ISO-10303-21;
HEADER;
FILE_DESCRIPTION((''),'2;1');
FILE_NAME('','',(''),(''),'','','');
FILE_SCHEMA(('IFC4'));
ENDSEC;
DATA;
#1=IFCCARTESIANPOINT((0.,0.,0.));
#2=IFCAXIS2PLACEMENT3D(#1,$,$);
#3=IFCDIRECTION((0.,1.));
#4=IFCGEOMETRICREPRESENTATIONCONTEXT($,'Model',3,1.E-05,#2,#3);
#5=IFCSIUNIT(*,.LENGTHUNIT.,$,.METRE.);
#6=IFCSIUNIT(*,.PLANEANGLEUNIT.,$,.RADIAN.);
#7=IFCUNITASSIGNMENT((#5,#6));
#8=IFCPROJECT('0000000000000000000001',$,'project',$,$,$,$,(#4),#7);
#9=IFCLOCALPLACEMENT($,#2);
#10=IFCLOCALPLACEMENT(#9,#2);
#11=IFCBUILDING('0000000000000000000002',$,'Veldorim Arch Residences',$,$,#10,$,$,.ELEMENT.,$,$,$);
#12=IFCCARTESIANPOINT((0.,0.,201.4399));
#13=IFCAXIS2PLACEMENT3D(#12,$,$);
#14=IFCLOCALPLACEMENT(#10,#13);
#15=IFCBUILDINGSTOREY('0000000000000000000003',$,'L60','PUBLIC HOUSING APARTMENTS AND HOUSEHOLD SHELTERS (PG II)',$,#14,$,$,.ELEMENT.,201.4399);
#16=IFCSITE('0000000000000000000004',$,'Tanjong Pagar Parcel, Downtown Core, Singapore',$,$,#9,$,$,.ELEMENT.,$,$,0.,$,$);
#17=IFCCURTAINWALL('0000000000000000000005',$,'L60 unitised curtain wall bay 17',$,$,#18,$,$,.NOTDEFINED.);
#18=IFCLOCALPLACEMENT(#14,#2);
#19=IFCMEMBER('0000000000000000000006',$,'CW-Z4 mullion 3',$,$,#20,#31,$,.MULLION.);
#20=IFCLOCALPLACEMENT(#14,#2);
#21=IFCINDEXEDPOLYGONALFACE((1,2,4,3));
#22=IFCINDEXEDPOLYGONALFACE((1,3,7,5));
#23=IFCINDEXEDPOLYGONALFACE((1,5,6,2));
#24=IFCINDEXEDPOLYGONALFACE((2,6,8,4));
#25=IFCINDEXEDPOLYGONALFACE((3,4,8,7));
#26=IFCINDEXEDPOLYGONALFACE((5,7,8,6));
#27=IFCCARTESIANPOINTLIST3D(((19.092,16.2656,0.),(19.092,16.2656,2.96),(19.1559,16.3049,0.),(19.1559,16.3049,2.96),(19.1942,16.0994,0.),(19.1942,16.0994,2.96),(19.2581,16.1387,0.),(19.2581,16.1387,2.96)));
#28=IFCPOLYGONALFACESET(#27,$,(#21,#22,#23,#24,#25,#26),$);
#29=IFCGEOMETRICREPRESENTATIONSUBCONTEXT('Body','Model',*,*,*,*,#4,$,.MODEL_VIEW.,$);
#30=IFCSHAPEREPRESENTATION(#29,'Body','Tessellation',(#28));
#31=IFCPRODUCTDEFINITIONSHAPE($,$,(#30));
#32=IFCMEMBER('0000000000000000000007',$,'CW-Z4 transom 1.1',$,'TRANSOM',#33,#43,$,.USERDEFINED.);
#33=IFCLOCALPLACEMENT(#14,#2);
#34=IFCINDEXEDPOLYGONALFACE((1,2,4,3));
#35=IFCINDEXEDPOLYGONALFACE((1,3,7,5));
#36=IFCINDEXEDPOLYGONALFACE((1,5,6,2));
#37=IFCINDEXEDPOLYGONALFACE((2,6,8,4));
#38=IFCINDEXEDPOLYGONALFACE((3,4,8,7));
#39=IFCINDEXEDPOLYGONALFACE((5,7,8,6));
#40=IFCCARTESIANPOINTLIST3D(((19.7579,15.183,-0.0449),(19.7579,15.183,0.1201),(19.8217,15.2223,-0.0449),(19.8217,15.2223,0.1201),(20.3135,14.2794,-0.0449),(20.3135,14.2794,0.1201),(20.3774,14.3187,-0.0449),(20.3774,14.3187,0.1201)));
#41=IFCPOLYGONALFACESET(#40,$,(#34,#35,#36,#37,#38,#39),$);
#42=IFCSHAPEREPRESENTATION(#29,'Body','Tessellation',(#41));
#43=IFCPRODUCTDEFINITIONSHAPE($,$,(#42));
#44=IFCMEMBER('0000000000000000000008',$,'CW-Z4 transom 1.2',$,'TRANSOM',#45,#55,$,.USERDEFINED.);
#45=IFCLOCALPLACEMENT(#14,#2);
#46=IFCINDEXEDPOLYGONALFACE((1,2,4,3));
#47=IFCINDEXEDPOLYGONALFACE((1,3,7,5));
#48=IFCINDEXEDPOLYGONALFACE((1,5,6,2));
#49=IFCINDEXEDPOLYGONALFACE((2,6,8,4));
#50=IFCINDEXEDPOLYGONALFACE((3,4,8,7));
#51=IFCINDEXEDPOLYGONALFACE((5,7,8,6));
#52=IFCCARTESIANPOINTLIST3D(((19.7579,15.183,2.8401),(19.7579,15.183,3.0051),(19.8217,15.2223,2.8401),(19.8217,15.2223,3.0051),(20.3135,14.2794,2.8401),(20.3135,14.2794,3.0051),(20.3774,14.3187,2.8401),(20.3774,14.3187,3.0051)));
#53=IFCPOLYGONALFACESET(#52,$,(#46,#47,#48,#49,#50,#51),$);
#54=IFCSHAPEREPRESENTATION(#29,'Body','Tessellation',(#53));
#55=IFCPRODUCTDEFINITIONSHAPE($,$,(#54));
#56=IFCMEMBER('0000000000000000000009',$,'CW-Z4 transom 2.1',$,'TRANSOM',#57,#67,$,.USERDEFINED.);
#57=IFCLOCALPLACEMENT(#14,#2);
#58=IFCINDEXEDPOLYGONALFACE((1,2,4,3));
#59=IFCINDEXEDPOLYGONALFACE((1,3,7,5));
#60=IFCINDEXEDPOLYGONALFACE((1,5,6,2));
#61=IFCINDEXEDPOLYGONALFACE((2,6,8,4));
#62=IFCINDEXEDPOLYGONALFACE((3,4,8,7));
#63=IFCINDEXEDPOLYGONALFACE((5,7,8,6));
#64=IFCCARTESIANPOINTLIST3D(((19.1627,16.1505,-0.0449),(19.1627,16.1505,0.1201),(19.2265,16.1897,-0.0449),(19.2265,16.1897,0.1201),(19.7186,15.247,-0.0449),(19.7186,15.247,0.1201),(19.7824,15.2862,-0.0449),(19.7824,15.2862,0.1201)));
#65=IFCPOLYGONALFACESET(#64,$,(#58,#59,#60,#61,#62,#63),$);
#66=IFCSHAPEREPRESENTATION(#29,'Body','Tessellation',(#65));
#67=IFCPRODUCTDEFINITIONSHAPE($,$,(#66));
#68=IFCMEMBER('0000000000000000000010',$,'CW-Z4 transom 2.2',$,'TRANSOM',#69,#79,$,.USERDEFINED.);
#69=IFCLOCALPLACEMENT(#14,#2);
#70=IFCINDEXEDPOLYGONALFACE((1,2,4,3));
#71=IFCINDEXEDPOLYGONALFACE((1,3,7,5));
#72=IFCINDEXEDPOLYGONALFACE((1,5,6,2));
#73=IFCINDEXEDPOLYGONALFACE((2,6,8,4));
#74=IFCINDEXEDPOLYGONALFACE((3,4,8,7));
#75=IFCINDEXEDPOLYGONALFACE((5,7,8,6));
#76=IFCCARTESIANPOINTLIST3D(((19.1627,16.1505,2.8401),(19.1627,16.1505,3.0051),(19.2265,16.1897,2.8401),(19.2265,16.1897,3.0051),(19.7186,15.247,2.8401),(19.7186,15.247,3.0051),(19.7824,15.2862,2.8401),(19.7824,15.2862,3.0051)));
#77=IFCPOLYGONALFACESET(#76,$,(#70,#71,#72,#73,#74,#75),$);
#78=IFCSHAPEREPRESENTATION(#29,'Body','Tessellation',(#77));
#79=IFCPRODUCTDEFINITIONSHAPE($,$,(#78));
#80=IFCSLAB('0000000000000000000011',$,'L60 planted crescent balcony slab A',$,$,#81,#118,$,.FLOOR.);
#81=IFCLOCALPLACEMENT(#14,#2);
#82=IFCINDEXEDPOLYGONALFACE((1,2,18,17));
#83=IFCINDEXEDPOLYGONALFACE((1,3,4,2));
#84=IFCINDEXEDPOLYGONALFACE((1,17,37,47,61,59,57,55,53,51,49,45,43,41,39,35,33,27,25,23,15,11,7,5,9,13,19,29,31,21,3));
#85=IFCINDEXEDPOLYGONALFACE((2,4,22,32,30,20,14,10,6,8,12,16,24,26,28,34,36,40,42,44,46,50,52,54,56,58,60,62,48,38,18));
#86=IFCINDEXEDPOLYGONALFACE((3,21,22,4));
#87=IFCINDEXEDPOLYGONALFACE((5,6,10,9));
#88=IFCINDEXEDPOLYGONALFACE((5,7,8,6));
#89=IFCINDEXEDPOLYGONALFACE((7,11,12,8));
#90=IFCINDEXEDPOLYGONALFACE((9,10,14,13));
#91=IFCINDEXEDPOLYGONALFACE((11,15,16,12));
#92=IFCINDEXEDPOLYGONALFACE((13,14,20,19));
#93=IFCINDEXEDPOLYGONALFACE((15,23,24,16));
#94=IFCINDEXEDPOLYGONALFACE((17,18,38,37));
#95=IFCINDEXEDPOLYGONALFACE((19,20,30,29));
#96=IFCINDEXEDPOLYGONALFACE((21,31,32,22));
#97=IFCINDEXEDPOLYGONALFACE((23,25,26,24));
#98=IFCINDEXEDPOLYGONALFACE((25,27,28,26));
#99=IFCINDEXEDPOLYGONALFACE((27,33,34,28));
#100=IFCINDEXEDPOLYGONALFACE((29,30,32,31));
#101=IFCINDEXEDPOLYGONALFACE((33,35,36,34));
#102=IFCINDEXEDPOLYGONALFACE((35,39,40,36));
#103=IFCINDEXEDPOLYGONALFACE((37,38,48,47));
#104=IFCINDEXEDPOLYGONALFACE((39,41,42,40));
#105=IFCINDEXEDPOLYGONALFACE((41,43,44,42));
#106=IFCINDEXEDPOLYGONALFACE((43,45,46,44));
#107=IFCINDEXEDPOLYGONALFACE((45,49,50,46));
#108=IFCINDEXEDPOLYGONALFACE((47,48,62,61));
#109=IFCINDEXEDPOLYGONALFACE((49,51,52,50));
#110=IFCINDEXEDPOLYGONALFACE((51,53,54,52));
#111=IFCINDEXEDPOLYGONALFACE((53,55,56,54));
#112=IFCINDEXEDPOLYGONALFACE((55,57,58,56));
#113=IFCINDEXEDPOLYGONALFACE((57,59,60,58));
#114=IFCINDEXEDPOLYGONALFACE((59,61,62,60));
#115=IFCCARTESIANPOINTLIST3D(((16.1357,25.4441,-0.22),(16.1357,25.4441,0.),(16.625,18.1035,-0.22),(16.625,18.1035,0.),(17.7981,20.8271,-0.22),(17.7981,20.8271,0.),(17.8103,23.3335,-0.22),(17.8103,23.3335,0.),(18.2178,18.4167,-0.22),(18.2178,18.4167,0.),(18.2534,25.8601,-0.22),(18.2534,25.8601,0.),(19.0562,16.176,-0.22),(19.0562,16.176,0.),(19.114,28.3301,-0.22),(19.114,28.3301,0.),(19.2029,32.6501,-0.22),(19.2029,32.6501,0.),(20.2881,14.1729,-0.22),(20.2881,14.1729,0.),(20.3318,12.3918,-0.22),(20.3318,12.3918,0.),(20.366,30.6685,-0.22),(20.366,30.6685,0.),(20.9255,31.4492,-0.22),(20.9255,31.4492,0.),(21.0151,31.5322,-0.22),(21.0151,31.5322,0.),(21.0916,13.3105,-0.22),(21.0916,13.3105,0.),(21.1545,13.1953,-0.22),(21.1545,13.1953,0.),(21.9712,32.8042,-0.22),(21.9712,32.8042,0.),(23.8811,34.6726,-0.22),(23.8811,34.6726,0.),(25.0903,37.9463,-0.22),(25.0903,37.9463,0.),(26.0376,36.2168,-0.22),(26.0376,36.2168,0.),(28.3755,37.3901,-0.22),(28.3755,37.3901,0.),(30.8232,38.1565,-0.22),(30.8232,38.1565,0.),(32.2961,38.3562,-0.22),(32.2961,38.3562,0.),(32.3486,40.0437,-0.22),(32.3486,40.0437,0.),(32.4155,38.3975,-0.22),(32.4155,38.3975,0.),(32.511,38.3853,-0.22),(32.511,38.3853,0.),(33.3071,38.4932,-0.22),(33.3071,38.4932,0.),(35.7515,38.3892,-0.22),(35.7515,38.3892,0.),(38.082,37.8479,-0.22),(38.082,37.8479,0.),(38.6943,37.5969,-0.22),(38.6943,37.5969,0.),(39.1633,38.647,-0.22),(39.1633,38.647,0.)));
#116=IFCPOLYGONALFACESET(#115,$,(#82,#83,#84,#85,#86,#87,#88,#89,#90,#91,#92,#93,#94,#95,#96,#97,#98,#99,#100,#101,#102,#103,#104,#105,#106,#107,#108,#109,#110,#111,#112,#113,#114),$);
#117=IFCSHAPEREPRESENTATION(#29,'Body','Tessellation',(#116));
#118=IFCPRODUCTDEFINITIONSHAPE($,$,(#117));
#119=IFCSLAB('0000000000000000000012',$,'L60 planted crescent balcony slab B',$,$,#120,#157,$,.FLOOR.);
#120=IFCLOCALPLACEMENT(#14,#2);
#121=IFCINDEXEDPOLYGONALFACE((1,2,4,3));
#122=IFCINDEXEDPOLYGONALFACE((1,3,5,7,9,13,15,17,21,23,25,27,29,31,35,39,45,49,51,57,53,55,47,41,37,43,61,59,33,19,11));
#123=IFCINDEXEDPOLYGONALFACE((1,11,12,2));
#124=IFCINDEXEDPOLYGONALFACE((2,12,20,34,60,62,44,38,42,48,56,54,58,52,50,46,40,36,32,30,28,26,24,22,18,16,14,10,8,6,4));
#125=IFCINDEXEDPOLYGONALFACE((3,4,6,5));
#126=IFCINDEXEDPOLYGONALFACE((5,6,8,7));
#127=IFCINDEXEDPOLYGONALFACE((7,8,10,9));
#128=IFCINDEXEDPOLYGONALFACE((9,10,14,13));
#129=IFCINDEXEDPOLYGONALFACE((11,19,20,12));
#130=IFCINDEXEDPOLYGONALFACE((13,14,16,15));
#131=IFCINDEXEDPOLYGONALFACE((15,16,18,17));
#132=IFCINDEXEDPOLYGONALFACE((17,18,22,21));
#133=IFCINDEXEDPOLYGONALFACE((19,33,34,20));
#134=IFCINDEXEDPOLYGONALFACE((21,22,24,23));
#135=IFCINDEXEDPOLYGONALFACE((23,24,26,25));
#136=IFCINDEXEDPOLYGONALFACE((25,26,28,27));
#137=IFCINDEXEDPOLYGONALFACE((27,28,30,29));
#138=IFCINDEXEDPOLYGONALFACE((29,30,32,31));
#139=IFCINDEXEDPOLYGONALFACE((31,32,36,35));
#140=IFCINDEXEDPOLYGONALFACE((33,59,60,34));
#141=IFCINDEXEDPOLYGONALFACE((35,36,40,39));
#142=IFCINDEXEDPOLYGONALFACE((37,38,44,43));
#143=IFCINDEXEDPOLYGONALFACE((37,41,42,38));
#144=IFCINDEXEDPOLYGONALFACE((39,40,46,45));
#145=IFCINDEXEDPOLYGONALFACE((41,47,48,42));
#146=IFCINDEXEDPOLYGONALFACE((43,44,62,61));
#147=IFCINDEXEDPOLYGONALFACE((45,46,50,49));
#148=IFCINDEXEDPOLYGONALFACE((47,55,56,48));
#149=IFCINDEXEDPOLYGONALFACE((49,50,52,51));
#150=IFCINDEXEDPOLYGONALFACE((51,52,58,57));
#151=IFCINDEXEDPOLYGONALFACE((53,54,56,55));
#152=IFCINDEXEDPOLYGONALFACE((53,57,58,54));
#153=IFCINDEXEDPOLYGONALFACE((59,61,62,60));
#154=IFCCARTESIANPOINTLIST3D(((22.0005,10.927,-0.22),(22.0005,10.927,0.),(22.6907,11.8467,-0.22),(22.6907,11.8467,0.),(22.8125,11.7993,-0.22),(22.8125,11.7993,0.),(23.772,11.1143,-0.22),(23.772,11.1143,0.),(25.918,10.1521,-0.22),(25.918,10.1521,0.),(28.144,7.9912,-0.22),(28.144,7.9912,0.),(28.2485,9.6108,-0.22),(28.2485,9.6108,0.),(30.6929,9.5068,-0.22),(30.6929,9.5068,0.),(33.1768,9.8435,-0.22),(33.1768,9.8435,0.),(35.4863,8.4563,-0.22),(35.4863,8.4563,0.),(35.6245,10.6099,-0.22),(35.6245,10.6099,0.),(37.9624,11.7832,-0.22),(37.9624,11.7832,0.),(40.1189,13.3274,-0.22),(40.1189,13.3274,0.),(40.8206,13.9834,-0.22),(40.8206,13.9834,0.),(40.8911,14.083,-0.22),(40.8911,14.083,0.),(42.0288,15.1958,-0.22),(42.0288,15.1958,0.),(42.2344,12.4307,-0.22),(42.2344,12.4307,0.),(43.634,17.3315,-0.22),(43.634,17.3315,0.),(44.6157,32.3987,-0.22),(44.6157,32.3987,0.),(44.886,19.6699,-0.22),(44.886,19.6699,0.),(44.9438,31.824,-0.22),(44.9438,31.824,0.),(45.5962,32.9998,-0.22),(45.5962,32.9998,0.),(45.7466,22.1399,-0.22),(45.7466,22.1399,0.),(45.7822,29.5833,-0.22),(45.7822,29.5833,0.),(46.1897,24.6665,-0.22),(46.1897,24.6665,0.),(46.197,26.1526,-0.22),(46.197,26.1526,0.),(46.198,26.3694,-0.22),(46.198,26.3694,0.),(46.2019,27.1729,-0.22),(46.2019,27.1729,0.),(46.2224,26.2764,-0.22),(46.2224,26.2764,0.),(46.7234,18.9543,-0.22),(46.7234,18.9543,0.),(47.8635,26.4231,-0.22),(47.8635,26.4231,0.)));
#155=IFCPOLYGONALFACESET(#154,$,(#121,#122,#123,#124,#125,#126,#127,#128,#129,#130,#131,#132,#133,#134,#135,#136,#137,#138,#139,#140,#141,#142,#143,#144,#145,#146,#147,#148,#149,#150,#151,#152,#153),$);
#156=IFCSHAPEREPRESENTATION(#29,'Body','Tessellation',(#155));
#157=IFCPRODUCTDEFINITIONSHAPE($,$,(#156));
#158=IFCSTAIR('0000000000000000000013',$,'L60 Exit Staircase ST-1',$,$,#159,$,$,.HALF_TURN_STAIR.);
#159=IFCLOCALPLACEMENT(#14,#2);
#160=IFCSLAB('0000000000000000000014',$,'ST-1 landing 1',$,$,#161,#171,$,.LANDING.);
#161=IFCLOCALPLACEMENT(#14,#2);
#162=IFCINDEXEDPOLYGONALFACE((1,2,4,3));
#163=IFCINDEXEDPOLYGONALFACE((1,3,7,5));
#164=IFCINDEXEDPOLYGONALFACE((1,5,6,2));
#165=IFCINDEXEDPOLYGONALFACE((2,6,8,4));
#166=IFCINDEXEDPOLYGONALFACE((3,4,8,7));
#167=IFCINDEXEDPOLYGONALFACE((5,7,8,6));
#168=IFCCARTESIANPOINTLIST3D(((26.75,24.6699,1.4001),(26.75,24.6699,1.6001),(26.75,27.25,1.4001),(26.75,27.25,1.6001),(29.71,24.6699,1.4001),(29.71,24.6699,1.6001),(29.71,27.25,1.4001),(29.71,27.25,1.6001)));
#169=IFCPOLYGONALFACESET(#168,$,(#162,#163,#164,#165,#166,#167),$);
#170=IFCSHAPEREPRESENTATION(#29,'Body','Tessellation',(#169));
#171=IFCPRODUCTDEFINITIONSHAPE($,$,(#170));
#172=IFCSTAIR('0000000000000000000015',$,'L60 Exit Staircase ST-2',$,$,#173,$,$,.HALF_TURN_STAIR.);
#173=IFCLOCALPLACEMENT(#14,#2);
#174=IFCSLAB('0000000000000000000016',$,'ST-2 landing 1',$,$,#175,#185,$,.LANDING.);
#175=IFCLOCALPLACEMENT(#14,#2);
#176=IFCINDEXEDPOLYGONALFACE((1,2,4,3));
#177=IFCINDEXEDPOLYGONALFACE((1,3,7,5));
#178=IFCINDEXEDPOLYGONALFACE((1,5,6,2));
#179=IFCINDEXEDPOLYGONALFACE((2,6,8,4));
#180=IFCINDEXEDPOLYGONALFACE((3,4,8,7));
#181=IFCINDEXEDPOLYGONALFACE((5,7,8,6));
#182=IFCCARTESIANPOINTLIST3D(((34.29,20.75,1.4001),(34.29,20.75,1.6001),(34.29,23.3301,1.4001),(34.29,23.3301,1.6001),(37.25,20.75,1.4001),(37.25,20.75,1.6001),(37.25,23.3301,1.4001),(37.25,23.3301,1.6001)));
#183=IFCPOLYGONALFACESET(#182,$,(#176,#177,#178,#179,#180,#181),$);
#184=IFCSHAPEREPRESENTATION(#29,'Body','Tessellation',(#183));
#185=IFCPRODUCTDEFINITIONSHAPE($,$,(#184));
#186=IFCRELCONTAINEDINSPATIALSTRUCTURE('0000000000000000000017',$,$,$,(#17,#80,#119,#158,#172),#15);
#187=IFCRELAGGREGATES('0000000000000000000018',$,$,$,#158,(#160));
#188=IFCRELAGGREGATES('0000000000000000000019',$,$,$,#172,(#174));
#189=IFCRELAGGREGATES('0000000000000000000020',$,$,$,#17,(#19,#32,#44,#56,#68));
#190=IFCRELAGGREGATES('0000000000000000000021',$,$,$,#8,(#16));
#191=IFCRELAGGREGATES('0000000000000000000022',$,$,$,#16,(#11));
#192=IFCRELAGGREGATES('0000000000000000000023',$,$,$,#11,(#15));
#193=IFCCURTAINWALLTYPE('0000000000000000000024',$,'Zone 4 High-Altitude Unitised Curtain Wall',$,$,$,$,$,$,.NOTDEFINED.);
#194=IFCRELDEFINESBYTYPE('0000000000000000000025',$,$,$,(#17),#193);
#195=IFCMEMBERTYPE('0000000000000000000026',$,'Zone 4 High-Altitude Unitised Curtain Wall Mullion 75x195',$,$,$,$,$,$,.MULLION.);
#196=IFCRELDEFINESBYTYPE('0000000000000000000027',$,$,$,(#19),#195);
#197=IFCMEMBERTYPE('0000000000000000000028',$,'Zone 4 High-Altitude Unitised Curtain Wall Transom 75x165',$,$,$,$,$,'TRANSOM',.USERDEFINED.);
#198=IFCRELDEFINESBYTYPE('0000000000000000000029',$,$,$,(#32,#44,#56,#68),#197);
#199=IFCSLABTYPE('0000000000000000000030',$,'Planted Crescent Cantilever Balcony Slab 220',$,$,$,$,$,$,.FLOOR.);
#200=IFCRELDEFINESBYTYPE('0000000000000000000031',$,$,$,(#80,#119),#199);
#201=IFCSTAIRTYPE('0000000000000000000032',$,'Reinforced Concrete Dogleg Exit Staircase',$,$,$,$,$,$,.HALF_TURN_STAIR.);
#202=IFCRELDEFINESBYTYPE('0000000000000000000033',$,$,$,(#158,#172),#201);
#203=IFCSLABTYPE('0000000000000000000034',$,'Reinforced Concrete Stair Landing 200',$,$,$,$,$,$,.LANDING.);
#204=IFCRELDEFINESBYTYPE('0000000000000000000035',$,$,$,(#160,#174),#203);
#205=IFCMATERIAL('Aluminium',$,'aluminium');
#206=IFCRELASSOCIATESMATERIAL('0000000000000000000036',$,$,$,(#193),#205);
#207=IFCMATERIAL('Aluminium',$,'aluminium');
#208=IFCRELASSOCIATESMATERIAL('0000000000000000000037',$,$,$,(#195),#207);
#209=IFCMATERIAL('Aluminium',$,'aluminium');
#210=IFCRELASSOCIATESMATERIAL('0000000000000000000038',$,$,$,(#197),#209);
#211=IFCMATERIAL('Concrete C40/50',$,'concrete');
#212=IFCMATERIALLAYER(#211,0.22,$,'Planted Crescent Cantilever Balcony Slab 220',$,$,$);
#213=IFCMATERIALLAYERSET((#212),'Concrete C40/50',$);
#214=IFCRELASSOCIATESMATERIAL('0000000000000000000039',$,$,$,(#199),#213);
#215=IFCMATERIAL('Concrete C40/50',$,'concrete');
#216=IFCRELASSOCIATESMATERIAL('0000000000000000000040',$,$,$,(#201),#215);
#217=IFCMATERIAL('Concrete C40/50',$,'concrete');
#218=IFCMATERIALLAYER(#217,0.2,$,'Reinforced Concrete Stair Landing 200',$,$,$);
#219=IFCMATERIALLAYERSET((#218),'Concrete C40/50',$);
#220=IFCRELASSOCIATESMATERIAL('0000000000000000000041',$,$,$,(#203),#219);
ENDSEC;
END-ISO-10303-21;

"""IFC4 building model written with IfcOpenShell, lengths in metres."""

from ifc_helpers import new_model, si_unit, direction, frame, origin, origin_2d, place, context, subcontext, project, spatial, polyline, rectangle, outline, extrude, material, layer, layer_set, material_profile, profile_set, type_object, element, aggregate, save


model = new_model("IFC4")

# Units and contexts
model_context = context("Model", 3, precision=1e-05, world=origin(), true_north=direction((0.0, 1.0)))
body_context = subcontext(model_context, "Body", "Model", "MODEL_VIEW")
ifc_project = project(units=[si_unit("LENGTHUNIT", "METRE"), si_unit("PLANEANGLEUNIT", "RADIAN")], contexts=[model_context])

# Site, building, storey
site_placement = place(None, origin())
site = spatial("IfcSite", under=ifc_project, at=site_placement, Name="Tanjong Pagar Parcel, Downtown Core, Singapore", CompositionType="ELEMENT", RefElevation=0.0)
building_placement = place(site_placement, origin())
building = spatial("IfcBuilding", under=site, at=building_placement, Name="Veldorim Arch Residences", CompositionType="ELEMENT")
storey_placement = place(building_placement, frame((0.0, 0.0, 201.4399)))
storey = spatial("IfcBuildingStorey", under=building, at=storey_placement, Name="L60", Description="PUBLIC HOUSING APARTMENTS AND HOUSEHOLD SHELTERS (PG II)", CompositionType="ELEMENT", Elevation=201.4399)

# Curtain wall, members
ifc_material_1 = material(Name="Aluminium", Category="aluminium")
curtain_wall_type = type_object("IfcCurtainWallType", Name="Zone 4 High-Altitude Unitised Curtain Wall", PredefinedType="NOTDEFINED", material=ifc_material_1)
curtain_wall_placement = place(storey_placement, origin())
curtain_wall = element("IfcCurtainWall", 1, at=curtain_wall_placement, inside=storey, type_object=curtain_wall_type, Name="L60 unitised curtain wall bay 17", PredefinedType="NOTDEFINED")
ifc_material_2 = material(Name="Aluminium", Category="aluminium")
ifc_material_profile_1 = material_profile(ifc_material_2, rectangle(XDim=0.075, YDim=0.1951, at=origin_2d()), Name="ALU_MUL_75x195")
ifc_profile_set_1 = profile_set([ifc_material_profile_1], Name="Aluminium")
member_type_1 = type_object("IfcMemberType", Name="Zone 4 High-Altitude Unitised Curtain Wall Mullion 75x195", PredefinedType="MULLION", material=ifc_profile_set_1)
member_1_placement = place(storey_placement, frame((19.175, 16.2021, 0.0), z_axis=(0.0, 0.0, 1.0), x_axis=(-0.851802, -0.523864, 0.0)))
member_1 = element("IfcMember", 2, at=member_1_placement, type_object=member_type_1, Name="CW-Z4 mullion 3", PredefinedType="MULLION", context=body_context, shape_type="SweptSolid", body=[
    extrude(rectangle(XDim=0.075, YDim=0.1951, at=origin_2d()), origin(), (0.0, 0.0, 1.0), 2.96),
])
ifc_material_3 = material(Name="Aluminium", Category="aluminium")
ifc_material_profile_2 = material_profile(ifc_material_3, rectangle(XDim=0.075, YDim=0.165, at=origin_2d()), Name="ALU_TRN_75x165")
ifc_profile_set_2 = profile_set([ifc_material_profile_2], Name="Aluminium")
member_type_2 = type_object("IfcMemberType", Name="Zone 4 High-Altitude Unitised Curtain Wall Transom 75x165", ElementType="TRANSOM", PredefinedType="USERDEFINED", material=ifc_profile_set_2)
member_2_placement = place(storey_placement, frame((20.3455, 14.2991, 0.0376), z_axis=(-0.523841, 0.851816, 0.0), x_axis=(-0.851816, -0.523841, 0.0)))
member_2 = element("IfcMember", 3, at=member_2_placement, type_object=member_type_2, Name="CW-Z4 transom 1.1", ObjectType="TRANSOM", PredefinedType="USERDEFINED", context=body_context, shape_type="SweptSolid", body=[
    extrude(rectangle(XDim=0.075, YDim=0.165, at=origin_2d()), origin(), (0.0, 0.0, 1.0), 1.0608),
])
member_3_placement = place(storey_placement, frame((20.3455, 14.2991, 2.9226), z_axis=(-0.523841, 0.851816, 0.0), x_axis=(-0.851816, -0.523841, 0.0)))
member_3 = element("IfcMember", 4, at=member_3_placement, type_object=member_type_2, Name="CW-Z4 transom 1.2", ObjectType="TRANSOM", PredefinedType="USERDEFINED", context=body_context, shape_type="SweptSolid", body=[
    extrude(rectangle(XDim=0.075, YDim=0.165, at=origin_2d()), origin(), (0.0, 0.0, 1.0), 1.0608),
])
member_4_placement = place(storey_placement, frame((19.7505, 15.2666, 0.0376), z_axis=(-0.524008, 0.851714, 0.0), x_axis=(-0.851714, -0.524008, 0.0)))
member_4 = element("IfcMember", 5, at=member_4_placement, type_object=member_type_2, Name="CW-Z4 transom 2.1", ObjectType="TRANSOM", PredefinedType="USERDEFINED", context=body_context, shape_type="SweptSolid", body=[
    extrude(rectangle(XDim=0.075, YDim=0.165, at=origin_2d()), origin(), (0.0, 0.0, 1.0), 1.0608),
])
member_5_placement = place(storey_placement, frame((19.7505, 15.2666, 2.9226), z_axis=(-0.524008, 0.851714, 0.0), x_axis=(-0.851714, -0.524008, 0.0)))
member_5 = element("IfcMember", 6, at=member_5_placement, type_object=member_type_2, Name="CW-Z4 transom 2.2", ObjectType="TRANSOM", PredefinedType="USERDEFINED", context=body_context, shape_type="SweptSolid", body=[
    extrude(rectangle(XDim=0.075, YDim=0.165, at=origin_2d()), origin(), (0.0, 0.0, 1.0), 1.0608),
])

# Slabs
ifc_material_4 = material(Name="Concrete C40/50", Category="concrete")
ifc_layer_1 = layer(ifc_material_4, 0.22, Name="Planted Crescent Cantilever Balcony Slab 220")
ifc_layer_set_1 = layer_set([ifc_layer_1], Name="Concrete C40/50")
slab_type_1 = type_object("IfcSlabType", Name="Planted Crescent Cantilever Balcony Slab 220", PredefinedType="FLOOR", material=ifc_layer_set_1)
slab_1_placement = place(storey_placement, frame((0.0, 0.0, -0.22)))
element("IfcSlab", 7, at=slab_1_placement, inside=storey, type_object=slab_type_1, Name="L60 planted crescent balcony slab A", PredefinedType="FLOOR", context=body_context, shape_type="SweptSolid", body=[
    extrude(outline(polyline([(38.6943, 37.5969), (38.082, 37.8479), (35.7515, 38.3892), (33.3071, 38.4932), (32.511, 38.3853), (32.4155, 38.3975), (32.2961, 38.3562), (30.8232, 38.1565), (28.3755, 37.3901), (26.0376, 36.2168), (23.8811, 34.6726), (21.9712, 32.8042), (21.0151, 31.5322), (20.9255, 31.4492), (20.366, 30.6685), (19.114, 28.3301), (18.2534, 25.8601), (17.8103, 23.3335), (17.7981, 20.8271), (18.2178, 18.4167), (19.0562, 16.176), (20.2881, 14.1729), (21.0916, 13.3105), (21.1545, 13.1953), (20.3318, 12.3918), (16.625, 18.1035), (16.1357, 25.4441), (19.2029, 32.6501), (25.0903, 37.9463), (32.3486, 40.0437), (39.1633, 38.647), (38.6943, 37.5969)])), origin(), (0.0, 0.0, 1.0), 0.22),
])
slab_2_placement = place(storey_placement, frame((0.0, 0.0, -0.22)))
element("IfcSlab", 8, at=slab_2_placement, inside=storey, type_object=slab_type_1, Name="L60 planted crescent balcony slab B", PredefinedType="FLOOR", context=body_context, shape_type="SweptSolid", body=[
    extrude(outline(polyline([(22.8125, 11.7993), (23.772, 11.1143), (25.918, 10.1521), (28.2485, 9.6108), (30.6929, 9.5068), (33.1768, 9.8435), (35.6245, 10.6099), (37.9624, 11.7832), (40.1189, 13.3274), (40.8206, 13.9834), (40.8911, 14.083), (42.0288, 15.1958), (43.634, 17.3315), (44.886, 19.6699), (45.7466, 22.1399), (46.1897, 24.6665), (46.197, 26.1526), (46.2224, 26.2764), (46.198, 26.3694), (46.2019, 27.1729), (45.7822, 29.5833), (44.9438, 31.824), (44.6157, 32.3987), (45.5962, 32.9998), (47.8635, 26.4231), (46.7234, 18.9543), (42.2344, 12.4307), (35.4863, 8.4563), (28.144, 7.9912), (22.0005, 10.927), (22.6907, 11.8467), (22.8125, 11.7993)])), origin(), (0.0, 0.0, 1.0), 0.22),
])

# Stairs, slabs
ifc_material_5 = material(Name="Concrete C40/50", Category="concrete")
stair_type = type_object("IfcStairType", Name="Reinforced Concrete Dogleg Exit Staircase", PredefinedType="HALF_TURN_STAIR", material=ifc_material_5)
stair_1_placement = place(storey_placement, origin())
stair_1 = element("IfcStair", 9, at=stair_1_placement, inside=storey, type_object=stair_type, Name="L60 Exit Staircase ST-1", PredefinedType="HALF_TURN_STAIR")
ifc_material_6 = material(Name="Concrete C40/50", Category="concrete")
ifc_layer_2 = layer(ifc_material_6, 0.2, Name="Reinforced Concrete Stair Landing 200")
ifc_layer_set_2 = layer_set([ifc_layer_2], Name="Concrete C40/50")
slab_type_2 = type_object("IfcSlabType", Name="Reinforced Concrete Stair Landing 200", PredefinedType="LANDING", material=ifc_layer_set_2)
slab_3_placement = place(storey_placement, frame((0.0, 0.0, 1.4001)))
slab_3 = element("IfcSlab", 10, at=slab_3_placement, type_object=slab_type_2, Name="ST-1 landing 1", PredefinedType="LANDING", context=body_context, shape_type="SweptSolid", body=[
    extrude(outline(polyline([(29.71, 24.6699), (29.71, 27.25), (26.75, 27.25), (26.75, 24.6699), (29.71, 24.6699)])), origin(), (0.0, 0.0, 1.0), 0.2),
])
aggregate(stair_1, [slab_3])
stair_2_placement = place(storey_placement, origin())
stair_2 = element("IfcStair", 11, at=stair_2_placement, inside=storey, type_object=stair_type, Name="L60 Exit Staircase ST-2", PredefinedType="HALF_TURN_STAIR")
slab_4_placement = place(storey_placement, frame((0.0, 0.0, 1.4001)))
slab_4 = element("IfcSlab", 12, at=slab_4_placement, type_object=slab_type_2, Name="ST-2 landing 1", PredefinedType="LANDING", context=body_context, shape_type="SweptSolid", body=[
    extrude(outline(polyline([(34.29, 23.3301), (34.29, 20.75), (37.25, 20.75), (37.25, 23.3301), (34.29, 23.3301)])), origin(), (0.0, 0.0, 1.0), 0.2),
])
aggregate(stair_2, [slab_4])

aggregate(curtain_wall, [member_1, member_2, member_3, member_4, member_5])

save(model, "model.ifc")
